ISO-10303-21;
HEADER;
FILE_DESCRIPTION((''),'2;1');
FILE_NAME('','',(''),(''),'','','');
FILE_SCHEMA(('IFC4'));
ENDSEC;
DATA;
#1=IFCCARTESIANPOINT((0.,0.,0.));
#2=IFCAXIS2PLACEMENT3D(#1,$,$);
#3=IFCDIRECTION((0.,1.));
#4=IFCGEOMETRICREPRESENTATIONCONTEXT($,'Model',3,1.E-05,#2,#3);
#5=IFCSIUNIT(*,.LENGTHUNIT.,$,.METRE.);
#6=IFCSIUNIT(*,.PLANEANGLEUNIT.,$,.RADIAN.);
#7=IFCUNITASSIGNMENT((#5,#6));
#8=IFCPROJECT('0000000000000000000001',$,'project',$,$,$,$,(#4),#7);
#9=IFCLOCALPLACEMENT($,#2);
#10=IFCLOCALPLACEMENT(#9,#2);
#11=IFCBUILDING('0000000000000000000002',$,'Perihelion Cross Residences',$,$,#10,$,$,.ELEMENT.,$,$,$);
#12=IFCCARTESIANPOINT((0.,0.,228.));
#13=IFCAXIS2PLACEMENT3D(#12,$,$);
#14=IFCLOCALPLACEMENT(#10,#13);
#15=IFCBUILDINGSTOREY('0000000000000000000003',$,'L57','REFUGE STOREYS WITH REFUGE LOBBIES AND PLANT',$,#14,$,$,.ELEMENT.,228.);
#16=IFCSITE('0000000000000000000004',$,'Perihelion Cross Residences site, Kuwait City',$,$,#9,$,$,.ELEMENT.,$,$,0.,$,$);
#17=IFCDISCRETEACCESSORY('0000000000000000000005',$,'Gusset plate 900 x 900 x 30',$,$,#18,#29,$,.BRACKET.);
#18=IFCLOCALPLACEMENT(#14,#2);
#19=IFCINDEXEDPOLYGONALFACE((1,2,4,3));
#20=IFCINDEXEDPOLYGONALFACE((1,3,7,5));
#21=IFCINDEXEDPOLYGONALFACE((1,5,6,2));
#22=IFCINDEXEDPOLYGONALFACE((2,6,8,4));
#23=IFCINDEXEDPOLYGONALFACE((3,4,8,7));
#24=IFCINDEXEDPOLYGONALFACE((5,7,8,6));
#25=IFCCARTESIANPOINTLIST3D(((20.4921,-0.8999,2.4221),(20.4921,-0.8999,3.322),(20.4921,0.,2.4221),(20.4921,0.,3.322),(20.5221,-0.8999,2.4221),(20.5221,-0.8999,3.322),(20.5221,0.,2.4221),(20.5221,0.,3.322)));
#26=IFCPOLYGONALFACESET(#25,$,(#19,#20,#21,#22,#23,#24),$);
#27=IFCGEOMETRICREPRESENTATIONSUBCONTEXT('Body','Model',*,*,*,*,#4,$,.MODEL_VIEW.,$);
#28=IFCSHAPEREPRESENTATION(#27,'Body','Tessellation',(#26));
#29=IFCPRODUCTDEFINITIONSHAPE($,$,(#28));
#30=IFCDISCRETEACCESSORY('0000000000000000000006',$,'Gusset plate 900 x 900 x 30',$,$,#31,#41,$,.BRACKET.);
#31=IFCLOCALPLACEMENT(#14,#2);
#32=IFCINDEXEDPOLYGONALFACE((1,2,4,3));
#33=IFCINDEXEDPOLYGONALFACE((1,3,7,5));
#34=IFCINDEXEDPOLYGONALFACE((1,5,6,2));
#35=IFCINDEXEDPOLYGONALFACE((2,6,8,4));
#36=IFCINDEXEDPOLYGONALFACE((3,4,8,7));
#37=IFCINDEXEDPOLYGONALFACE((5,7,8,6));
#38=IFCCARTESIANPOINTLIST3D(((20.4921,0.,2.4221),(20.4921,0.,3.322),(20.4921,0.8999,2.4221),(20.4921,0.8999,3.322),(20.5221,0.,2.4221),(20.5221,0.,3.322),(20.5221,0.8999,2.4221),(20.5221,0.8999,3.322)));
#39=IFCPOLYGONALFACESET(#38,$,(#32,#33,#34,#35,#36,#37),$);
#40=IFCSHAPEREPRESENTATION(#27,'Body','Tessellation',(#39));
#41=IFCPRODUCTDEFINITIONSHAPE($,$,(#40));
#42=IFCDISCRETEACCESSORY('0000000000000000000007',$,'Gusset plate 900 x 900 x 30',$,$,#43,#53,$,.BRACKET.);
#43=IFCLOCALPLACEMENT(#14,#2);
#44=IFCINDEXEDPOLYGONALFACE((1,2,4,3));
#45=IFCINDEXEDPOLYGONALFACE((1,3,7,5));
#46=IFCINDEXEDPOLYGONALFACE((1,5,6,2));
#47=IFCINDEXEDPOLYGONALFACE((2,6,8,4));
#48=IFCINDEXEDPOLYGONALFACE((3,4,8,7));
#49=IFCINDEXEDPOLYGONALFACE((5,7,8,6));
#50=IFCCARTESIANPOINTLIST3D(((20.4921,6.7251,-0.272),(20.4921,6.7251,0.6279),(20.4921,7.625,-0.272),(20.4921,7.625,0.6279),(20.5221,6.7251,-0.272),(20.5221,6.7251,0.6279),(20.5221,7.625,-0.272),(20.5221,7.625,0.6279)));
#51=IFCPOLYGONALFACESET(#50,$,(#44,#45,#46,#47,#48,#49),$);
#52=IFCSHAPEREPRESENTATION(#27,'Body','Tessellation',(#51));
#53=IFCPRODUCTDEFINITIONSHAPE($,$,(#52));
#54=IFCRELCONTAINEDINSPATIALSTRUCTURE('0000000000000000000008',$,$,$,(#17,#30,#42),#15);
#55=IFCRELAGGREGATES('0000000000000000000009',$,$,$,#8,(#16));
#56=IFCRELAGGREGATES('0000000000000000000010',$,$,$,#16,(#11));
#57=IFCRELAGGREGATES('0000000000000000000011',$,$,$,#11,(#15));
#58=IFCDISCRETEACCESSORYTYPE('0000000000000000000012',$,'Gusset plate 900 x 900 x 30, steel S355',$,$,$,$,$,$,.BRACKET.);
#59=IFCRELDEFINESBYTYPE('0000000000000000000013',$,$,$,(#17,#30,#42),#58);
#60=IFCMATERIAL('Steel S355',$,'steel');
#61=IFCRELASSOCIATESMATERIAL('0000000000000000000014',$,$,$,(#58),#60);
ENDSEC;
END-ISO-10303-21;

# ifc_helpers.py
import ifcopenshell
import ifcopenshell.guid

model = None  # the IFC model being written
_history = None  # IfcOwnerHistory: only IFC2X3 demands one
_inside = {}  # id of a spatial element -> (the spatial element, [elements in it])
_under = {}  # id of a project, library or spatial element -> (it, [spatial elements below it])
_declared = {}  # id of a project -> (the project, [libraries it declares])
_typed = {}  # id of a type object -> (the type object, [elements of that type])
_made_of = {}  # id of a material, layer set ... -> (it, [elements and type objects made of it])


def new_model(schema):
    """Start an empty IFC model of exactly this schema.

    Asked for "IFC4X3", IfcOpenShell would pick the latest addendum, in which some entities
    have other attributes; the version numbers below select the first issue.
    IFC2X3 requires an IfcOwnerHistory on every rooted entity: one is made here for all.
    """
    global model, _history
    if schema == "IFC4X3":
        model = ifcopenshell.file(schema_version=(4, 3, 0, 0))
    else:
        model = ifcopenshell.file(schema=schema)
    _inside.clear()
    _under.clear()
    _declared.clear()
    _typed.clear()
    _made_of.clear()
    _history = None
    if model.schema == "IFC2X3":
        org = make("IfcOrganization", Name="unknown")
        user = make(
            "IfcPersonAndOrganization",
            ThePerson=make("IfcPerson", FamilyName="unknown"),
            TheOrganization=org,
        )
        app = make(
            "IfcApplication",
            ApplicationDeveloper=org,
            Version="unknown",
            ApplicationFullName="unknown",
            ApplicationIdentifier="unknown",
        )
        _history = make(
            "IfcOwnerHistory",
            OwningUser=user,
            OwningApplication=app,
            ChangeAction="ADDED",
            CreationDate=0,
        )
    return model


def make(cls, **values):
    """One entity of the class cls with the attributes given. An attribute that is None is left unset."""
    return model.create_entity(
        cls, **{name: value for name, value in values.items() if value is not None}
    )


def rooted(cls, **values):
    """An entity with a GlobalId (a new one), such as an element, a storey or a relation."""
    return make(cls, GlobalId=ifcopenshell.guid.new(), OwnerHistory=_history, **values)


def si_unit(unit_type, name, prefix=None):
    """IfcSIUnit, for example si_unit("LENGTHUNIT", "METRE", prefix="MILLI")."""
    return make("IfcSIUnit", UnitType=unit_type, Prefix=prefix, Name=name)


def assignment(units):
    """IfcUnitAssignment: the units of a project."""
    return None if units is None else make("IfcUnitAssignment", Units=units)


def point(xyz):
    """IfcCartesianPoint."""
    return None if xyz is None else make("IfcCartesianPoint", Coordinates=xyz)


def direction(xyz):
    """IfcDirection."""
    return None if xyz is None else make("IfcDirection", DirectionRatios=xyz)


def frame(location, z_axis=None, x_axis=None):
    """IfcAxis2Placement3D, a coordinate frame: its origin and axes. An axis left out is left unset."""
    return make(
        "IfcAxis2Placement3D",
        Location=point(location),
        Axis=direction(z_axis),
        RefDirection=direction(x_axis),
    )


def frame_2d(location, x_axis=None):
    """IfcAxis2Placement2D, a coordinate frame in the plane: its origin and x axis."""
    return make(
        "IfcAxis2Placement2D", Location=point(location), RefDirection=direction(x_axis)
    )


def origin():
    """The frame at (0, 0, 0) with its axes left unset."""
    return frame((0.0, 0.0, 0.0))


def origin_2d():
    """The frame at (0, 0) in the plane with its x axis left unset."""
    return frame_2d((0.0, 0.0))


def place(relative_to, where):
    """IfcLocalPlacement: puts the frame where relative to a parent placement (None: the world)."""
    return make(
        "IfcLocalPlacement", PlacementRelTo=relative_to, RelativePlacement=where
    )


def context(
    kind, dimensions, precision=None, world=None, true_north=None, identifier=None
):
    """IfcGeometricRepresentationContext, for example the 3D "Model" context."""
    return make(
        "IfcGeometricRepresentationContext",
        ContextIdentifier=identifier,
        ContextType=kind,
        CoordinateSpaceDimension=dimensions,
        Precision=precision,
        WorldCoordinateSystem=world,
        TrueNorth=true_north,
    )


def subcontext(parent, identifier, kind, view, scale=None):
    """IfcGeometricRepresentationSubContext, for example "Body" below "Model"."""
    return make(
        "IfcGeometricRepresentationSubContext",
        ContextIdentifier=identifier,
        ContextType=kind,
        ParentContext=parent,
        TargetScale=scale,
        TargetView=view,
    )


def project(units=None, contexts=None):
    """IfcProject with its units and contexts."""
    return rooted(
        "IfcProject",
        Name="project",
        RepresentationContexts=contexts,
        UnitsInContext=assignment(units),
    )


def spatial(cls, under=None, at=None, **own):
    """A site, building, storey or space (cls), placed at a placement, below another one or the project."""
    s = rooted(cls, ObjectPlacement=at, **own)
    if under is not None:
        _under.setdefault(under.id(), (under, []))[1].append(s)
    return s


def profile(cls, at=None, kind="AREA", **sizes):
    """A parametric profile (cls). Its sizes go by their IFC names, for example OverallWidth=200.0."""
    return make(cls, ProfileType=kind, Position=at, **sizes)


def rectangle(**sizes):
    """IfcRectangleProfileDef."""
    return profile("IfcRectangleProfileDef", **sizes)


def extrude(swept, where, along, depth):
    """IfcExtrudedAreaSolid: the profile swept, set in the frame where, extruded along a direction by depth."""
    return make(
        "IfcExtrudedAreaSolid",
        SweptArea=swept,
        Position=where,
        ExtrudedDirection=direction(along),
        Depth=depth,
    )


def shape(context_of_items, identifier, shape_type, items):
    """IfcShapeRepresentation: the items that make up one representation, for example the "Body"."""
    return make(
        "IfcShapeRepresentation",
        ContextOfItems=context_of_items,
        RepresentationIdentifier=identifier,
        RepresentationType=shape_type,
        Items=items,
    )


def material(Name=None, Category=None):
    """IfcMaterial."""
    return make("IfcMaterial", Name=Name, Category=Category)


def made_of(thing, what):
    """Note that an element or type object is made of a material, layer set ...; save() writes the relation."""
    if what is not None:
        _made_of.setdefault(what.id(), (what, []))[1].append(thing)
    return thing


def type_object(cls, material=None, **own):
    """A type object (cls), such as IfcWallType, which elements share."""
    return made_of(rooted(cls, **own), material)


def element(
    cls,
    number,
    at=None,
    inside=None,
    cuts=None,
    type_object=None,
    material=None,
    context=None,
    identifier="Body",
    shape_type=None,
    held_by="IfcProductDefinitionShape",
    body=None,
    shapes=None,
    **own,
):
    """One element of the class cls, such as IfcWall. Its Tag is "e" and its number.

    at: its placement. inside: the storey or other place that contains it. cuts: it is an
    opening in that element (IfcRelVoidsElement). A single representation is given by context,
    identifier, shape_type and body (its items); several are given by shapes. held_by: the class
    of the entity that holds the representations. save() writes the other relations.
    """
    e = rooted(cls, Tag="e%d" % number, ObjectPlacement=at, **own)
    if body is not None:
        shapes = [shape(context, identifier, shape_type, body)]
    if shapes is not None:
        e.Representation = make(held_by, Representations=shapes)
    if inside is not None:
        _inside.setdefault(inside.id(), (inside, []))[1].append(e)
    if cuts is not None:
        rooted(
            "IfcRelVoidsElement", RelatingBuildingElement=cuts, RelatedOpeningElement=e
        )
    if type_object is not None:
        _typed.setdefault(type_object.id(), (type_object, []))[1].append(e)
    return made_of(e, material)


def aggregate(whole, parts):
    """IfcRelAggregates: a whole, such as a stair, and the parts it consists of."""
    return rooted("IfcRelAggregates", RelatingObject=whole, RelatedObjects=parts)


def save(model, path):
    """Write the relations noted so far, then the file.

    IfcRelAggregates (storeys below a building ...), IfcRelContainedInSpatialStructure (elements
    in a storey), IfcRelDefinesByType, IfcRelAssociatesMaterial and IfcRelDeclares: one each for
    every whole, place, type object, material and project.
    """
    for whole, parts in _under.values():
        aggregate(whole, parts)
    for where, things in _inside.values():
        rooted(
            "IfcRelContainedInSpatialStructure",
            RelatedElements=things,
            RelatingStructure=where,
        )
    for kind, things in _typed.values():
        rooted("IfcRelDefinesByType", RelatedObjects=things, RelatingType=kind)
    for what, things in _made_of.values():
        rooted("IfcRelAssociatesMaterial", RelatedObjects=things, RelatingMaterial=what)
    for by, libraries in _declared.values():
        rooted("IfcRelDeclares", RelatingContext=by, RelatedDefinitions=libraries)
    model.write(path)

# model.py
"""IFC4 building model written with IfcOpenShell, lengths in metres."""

from ifc_helpers import new_model, si_unit, direction, frame, origin, origin_2d, place, context, subcontext, project, spatial, rectangle, extrude, material, type_object, element, save


model = new_model("IFC4")

# Units and contexts
model_context = context("Model", 3, precision=1e-05, world=origin(), true_north=direction((0.0, 1.0)))
body_context = subcontext(model_context, "Body", "Model", "MODEL_VIEW")
ifc_project = project(units=[si_unit("LENGTHUNIT", "METRE"), si_unit("PLANEANGLEUNIT", "RADIAN")], contexts=[model_context])

# Site, building, storey
site_placement = place(None, origin())
site = spatial("IfcSite", under=ifc_project, at=site_placement, Name="Perihelion Cross Residences site, Kuwait City", CompositionType="ELEMENT", RefElevation=0.0)
building_placement = place(site_placement, origin())
building = spatial("IfcBuilding", under=site, at=building_placement, Name="Perihelion Cross Residences", CompositionType="ELEMENT")
storey_placement = place(building_placement, frame((0.0, 0.0, 228.0)))
storey = spatial("IfcBuildingStorey", under=building, at=storey_placement, Name="L57", Description="REFUGE STOREYS WITH REFUGE LOBBIES AND PLANT", CompositionType="ELEMENT", Elevation=228.0)

# Discrete accessories
ifc_material_1 = material(Name="Steel S355", Category="steel")
discrete_accessory_type = type_object("IfcDiscreteAccessoryType", Name="Gusset plate 900 x 900 x 30, steel S355", PredefinedType="BRACKET", material=ifc_material_1)
for number, where, z_axis, x_axis, name in (
    (1, (20.5071, -0.45, 2.4221), (0.0, 0.0, 1.0), (0.0, -1.0, 0.0), "Gusset plate 900 x 900 x 30"),
    (2, (20.5071, 0.45, 2.4221), (0.0, 0.0, 1.0), (0.0, 1.0, 0.0), "Gusset plate 900 x 900 x 30"),
    (3, (20.5071, 7.175, -0.272), (0.0, 0.0, 1.0), (0.0, -1.0, 0.0), "Gusset plate 900 x 900 x 30"),
):
    element("IfcDiscreteAccessory", number, at=place(storey_placement, frame(where, z_axis=z_axis, x_axis=x_axis)), inside=storey, type_object=discrete_accessory_type, Name=name, PredefinedType="BRACKET", context=body_context, shape_type="SweptSolid", body=[
        extrude(rectangle(XDim=0.8999, YDim=0.03, at=origin_2d()), origin(), (0.0, 0.0, 1.0), 0.8999),
    ])

save(model, "model.ifc")
